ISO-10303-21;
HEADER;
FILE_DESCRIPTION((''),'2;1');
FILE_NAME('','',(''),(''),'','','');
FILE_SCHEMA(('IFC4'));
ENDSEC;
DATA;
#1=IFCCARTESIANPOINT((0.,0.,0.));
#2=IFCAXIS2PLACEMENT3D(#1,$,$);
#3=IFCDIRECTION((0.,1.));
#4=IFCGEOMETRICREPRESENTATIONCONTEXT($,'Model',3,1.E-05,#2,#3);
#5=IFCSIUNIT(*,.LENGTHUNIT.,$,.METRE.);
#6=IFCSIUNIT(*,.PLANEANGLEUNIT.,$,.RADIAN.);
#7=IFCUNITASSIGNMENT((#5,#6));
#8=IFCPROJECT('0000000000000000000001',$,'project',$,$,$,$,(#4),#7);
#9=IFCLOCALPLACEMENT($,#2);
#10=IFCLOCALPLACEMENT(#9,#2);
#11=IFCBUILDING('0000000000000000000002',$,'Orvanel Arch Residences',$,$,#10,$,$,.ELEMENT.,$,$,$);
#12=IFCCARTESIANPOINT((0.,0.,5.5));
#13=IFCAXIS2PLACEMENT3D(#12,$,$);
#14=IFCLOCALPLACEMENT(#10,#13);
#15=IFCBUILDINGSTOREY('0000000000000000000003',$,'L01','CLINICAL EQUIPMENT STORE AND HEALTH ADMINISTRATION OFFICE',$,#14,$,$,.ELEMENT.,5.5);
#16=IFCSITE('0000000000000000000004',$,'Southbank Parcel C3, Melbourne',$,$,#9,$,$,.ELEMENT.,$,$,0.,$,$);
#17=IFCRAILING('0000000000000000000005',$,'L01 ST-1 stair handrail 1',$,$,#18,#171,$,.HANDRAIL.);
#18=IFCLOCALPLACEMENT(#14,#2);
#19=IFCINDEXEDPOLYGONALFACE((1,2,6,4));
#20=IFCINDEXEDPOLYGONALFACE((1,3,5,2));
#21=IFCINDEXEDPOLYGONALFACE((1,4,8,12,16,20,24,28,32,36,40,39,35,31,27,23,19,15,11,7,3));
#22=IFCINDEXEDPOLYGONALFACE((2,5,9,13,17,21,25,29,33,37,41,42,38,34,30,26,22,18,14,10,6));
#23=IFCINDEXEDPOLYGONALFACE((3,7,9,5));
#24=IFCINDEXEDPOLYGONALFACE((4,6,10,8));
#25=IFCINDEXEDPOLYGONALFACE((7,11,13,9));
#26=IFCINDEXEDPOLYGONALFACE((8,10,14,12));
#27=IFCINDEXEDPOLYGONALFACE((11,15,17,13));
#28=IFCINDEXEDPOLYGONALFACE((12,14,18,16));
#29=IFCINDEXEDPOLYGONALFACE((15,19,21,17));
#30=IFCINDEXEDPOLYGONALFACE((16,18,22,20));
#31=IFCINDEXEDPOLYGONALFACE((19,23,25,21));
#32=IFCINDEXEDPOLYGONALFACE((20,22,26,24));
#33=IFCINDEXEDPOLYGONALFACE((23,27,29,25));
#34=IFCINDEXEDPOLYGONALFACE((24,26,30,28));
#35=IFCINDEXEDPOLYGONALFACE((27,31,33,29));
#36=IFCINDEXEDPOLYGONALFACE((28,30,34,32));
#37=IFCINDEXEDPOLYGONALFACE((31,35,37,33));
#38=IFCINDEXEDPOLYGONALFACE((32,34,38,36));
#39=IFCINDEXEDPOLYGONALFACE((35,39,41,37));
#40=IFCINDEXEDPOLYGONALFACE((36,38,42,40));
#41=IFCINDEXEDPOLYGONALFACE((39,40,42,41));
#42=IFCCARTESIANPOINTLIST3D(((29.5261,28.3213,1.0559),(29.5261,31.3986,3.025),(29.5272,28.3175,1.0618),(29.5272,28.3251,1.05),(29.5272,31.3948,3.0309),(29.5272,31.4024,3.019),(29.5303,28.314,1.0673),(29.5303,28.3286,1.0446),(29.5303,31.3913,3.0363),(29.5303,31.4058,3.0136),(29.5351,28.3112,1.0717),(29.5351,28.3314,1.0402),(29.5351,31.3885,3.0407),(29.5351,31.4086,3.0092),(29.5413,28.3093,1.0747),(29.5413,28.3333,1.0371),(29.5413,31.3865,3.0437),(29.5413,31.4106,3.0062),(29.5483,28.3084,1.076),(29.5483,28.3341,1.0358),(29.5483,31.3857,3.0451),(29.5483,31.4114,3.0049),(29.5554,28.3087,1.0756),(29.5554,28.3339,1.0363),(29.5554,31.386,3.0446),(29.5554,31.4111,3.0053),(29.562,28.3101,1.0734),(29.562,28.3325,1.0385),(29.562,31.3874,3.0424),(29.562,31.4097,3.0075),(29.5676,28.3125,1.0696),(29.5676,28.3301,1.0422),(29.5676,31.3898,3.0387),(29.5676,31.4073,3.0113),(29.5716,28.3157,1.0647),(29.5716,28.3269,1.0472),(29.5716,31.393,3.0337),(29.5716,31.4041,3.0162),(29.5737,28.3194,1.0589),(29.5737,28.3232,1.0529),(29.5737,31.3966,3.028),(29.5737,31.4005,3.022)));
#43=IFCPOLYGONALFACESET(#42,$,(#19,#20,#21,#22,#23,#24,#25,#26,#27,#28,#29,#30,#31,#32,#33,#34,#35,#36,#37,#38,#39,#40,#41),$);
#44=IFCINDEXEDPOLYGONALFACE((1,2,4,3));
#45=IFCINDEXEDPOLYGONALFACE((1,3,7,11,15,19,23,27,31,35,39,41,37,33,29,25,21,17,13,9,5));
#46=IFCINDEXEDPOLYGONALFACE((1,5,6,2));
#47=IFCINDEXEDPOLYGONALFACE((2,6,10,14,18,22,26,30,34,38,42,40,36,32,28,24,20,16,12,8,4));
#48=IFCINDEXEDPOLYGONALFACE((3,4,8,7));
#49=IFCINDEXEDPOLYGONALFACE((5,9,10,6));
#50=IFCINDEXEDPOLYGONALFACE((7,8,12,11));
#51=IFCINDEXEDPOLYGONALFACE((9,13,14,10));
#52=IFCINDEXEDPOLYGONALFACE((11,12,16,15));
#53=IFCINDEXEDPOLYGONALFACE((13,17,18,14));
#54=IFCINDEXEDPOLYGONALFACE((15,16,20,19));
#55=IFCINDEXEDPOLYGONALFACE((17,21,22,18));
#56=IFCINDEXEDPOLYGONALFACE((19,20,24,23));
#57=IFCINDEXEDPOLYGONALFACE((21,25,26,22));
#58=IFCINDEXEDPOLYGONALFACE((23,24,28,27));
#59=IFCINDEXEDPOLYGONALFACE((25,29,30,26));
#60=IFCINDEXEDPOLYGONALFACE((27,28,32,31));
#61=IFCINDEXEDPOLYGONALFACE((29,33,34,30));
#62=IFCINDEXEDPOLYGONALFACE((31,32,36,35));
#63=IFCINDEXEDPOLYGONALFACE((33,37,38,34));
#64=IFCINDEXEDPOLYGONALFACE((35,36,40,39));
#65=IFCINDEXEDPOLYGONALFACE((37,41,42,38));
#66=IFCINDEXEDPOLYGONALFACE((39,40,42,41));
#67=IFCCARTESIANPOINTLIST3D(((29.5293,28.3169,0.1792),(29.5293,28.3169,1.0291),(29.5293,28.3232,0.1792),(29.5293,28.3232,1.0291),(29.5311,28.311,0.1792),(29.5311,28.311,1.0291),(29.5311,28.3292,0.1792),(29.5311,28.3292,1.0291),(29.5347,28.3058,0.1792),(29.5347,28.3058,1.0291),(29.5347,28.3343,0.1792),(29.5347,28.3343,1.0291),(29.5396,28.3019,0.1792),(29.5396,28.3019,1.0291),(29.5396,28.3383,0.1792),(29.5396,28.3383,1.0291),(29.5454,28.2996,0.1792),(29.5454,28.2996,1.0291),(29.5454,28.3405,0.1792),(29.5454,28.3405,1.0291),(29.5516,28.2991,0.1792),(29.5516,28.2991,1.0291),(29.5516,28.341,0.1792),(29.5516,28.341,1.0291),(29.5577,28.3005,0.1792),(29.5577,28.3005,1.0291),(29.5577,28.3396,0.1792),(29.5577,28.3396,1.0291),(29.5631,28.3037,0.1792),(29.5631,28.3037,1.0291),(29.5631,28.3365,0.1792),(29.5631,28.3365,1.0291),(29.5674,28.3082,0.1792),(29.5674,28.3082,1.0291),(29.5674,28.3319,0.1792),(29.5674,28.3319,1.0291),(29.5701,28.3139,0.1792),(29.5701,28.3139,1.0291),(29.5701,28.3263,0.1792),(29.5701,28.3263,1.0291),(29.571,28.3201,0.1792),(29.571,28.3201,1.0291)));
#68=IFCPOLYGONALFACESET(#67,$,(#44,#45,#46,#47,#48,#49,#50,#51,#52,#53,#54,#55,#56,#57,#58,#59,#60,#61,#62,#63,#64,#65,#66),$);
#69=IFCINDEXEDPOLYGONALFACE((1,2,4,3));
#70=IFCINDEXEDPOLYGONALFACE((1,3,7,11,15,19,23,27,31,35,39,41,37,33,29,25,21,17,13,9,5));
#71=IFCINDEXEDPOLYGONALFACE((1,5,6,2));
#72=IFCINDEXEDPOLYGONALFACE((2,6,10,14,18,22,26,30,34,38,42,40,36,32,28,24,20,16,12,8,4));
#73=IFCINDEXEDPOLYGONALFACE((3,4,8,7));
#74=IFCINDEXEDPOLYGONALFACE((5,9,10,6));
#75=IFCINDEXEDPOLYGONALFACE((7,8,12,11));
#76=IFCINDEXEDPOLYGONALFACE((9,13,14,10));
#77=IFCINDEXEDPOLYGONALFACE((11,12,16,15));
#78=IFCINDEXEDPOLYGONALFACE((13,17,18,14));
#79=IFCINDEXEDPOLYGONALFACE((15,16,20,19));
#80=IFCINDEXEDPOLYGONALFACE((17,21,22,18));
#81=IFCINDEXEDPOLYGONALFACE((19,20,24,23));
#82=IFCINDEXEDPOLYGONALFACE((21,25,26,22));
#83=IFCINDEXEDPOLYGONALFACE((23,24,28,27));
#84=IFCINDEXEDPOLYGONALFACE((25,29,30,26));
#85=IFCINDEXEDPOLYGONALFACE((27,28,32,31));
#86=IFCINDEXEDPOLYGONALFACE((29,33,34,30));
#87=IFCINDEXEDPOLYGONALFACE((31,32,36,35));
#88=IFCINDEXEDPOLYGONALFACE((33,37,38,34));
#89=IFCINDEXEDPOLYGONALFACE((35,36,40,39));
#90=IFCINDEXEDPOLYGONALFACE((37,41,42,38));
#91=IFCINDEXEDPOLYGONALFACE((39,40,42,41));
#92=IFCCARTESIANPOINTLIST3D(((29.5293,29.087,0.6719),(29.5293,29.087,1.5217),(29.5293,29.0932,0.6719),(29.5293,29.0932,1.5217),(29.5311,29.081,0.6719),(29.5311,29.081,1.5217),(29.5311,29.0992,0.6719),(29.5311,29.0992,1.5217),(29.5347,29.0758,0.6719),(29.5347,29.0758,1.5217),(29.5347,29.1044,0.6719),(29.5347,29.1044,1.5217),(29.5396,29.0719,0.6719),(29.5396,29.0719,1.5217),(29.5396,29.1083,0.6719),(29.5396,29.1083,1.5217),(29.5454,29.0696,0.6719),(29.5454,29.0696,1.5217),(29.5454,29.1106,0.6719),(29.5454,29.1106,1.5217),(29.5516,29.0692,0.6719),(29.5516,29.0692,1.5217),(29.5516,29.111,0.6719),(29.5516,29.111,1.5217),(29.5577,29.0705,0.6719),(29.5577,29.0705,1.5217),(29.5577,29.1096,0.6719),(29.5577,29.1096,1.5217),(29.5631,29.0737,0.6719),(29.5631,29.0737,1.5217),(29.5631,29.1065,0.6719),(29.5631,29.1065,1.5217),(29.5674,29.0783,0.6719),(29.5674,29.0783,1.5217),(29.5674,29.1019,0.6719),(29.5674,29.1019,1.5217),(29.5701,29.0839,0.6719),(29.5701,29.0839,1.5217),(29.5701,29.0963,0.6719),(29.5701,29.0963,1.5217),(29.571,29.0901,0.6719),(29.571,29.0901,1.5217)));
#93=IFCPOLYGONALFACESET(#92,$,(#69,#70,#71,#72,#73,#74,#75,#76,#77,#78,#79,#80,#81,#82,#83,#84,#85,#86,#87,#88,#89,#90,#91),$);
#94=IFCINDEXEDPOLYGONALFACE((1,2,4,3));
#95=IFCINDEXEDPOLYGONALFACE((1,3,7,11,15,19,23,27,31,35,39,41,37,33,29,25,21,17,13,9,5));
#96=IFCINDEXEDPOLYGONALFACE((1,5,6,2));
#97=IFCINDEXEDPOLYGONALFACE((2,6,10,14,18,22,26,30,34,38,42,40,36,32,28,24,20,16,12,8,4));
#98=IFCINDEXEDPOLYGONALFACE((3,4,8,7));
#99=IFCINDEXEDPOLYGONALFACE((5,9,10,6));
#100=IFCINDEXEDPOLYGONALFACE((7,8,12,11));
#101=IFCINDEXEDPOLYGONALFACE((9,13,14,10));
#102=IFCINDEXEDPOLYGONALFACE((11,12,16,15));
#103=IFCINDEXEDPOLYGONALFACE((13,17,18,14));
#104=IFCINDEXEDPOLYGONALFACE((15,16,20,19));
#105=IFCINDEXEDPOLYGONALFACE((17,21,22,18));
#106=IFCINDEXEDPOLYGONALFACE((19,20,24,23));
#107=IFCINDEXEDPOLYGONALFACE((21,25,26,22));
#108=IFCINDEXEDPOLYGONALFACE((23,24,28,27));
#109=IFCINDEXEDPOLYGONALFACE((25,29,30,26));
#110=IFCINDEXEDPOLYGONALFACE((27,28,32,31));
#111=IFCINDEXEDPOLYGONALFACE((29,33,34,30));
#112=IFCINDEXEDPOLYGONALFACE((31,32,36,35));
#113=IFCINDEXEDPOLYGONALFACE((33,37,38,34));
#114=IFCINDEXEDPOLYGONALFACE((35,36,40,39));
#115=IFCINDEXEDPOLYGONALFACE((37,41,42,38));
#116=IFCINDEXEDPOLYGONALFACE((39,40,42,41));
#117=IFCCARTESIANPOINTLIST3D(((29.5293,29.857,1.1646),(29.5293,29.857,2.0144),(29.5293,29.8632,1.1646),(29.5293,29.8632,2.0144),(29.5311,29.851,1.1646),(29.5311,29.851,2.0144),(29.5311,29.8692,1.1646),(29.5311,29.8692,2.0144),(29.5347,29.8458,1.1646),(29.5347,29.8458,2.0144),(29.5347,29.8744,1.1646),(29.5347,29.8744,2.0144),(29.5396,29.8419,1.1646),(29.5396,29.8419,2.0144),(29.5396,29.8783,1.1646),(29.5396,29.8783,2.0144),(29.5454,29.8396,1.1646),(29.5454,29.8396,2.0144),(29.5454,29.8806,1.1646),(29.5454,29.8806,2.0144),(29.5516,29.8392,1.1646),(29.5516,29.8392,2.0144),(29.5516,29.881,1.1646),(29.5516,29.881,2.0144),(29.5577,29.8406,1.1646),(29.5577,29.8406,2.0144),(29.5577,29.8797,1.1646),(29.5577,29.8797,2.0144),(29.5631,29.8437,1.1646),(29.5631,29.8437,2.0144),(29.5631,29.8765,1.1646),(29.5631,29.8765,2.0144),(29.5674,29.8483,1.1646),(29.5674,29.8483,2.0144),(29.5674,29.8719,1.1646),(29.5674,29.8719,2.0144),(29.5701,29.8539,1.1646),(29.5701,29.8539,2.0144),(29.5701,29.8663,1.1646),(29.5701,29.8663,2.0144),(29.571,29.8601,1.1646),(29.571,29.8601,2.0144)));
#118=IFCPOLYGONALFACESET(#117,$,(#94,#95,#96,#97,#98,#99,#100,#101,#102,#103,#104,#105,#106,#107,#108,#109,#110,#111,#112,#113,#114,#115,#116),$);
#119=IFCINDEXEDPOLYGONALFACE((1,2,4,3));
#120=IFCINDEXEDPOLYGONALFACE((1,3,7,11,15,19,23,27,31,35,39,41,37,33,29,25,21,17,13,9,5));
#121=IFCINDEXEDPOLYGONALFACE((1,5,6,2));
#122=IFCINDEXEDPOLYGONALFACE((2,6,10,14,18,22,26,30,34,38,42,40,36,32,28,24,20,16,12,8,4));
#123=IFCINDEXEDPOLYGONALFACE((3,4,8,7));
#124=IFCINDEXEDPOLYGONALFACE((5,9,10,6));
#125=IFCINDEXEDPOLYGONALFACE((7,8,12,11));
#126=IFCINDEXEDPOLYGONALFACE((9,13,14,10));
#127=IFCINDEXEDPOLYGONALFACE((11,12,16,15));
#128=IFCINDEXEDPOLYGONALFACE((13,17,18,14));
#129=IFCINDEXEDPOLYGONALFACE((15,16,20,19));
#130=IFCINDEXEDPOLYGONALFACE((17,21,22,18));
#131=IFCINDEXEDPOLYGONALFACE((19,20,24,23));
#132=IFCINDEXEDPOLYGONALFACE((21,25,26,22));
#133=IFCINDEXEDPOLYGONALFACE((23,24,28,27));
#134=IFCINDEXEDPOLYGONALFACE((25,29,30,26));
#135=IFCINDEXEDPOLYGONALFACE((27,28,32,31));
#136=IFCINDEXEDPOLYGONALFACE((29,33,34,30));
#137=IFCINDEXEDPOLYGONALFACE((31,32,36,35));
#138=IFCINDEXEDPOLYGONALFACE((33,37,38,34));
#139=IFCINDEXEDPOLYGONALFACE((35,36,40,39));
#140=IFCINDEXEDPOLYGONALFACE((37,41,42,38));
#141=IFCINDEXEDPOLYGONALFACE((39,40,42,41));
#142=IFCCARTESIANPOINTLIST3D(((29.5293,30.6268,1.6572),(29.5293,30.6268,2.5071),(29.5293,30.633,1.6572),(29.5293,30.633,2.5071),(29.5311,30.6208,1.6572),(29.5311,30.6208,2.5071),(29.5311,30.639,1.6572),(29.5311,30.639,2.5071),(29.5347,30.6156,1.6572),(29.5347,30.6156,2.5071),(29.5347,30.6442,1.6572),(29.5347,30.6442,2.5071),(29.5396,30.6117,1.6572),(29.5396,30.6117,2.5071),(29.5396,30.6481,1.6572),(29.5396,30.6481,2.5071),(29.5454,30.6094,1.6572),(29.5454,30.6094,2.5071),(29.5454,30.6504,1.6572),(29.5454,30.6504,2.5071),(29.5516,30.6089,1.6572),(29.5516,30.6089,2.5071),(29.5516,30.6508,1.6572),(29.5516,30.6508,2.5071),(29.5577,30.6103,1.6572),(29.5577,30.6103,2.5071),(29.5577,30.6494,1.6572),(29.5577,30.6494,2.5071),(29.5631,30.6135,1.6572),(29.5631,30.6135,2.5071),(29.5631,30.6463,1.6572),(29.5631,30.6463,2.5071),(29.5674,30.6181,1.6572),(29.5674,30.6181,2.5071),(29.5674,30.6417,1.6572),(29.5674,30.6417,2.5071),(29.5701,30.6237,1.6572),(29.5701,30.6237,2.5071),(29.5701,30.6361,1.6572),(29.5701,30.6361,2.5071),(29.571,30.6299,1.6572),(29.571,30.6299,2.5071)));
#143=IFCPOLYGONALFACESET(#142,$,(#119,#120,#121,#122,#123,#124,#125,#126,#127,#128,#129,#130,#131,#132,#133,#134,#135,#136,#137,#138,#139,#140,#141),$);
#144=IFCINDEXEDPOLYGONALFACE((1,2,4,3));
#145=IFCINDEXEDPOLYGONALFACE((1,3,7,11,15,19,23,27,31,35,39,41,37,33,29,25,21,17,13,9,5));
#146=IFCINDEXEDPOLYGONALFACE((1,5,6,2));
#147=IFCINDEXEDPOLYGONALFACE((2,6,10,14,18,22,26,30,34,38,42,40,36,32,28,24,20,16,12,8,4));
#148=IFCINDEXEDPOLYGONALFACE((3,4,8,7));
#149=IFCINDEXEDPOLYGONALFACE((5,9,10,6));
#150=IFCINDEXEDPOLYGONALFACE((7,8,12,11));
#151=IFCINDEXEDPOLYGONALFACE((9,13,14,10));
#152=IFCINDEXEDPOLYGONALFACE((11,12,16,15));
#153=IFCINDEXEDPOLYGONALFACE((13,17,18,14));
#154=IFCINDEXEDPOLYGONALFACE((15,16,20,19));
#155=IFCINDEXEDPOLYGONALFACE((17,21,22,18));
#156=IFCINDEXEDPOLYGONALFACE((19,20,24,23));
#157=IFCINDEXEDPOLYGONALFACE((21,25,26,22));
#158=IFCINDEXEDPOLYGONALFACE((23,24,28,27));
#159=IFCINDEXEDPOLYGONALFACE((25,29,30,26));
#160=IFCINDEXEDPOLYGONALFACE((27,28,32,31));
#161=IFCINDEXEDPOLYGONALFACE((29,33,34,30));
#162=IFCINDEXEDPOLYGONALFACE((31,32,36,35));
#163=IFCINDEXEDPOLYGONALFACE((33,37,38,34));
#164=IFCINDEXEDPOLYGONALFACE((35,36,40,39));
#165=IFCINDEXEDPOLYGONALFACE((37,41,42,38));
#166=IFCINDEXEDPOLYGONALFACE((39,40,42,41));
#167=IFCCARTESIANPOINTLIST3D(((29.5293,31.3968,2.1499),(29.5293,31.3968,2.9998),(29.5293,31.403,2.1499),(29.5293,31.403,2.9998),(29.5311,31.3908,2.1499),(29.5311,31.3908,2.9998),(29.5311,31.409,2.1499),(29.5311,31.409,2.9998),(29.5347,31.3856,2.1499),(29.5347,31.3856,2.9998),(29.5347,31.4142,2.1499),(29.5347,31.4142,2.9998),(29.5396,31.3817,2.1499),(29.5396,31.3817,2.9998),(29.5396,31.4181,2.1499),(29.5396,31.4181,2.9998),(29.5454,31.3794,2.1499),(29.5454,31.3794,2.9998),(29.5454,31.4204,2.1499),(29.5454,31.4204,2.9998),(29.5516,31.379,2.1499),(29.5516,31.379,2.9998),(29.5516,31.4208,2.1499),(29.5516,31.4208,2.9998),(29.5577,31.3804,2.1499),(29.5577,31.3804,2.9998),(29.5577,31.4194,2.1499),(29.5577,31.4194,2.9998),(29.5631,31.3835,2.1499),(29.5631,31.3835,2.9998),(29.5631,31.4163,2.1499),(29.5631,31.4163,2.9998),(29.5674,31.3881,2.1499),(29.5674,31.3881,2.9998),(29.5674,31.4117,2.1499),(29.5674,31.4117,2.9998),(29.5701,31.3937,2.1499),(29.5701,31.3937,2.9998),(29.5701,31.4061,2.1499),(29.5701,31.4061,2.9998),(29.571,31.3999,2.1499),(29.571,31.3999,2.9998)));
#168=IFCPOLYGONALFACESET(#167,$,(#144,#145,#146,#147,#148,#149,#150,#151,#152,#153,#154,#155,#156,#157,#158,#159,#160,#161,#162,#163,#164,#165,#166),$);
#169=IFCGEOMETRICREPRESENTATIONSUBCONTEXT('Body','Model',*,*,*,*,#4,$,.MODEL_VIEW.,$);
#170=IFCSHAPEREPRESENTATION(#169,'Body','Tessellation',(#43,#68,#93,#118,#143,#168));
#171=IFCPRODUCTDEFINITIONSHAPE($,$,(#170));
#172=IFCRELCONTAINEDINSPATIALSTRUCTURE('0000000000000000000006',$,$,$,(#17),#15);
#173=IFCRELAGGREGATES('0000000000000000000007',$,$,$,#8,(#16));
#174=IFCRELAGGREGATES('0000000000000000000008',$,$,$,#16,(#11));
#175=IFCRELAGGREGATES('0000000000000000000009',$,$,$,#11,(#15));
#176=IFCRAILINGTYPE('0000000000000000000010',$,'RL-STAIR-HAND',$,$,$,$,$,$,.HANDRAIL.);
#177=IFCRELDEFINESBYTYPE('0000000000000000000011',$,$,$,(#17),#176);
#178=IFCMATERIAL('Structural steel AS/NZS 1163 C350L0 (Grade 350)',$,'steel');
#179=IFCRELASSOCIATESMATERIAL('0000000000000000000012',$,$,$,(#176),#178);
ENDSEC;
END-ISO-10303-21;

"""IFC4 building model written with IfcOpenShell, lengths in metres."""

from ifc_helpers import new_model, si_unit, direction, frame, origin, origin_2d, place, context, subcontext, project, spatial, circle, extrude, material, type_object, element, save


model = new_model("IFC4")

# Units and contexts
model_context = context("Model", 3, precision=1e-05, world=origin(), true_north=direction((0.0, 1.0)))
body_context = subcontext(model_context, "Body", "Model", "MODEL_VIEW")
ifc_project = project(units=[si_unit("LENGTHUNIT", "METRE"), si_unit("PLANEANGLEUNIT", "RADIAN")], contexts=[model_context])

# Site, building, storey
site_placement = place(None, origin())
site = spatial("IfcSite", under=ifc_project, at=site_placement, Name="Southbank Parcel C3, Melbourne", CompositionType="ELEMENT", RefElevation=0.0)
building_placement = place(site_placement, origin())
building = spatial("IfcBuilding", under=site, at=building_placement, Name="Orvanel Arch Residences", CompositionType="ELEMENT")
storey_placement = place(building_placement, frame((0.0, 0.0, 5.5)))
storey = spatial("IfcBuildingStorey", under=building, at=storey_placement, Name="L01", Description="CLINICAL EQUIPMENT STORE AND HEALTH ADMINISTRATION OFFICE", CompositionType="ELEMENT", Elevation=5.5)

# Railing
ifc_material_1 = material(Name="Structural steel AS/NZS 1163 C350L0 (Grade 350)", Category="steel")
railing_type_1 = type_object("IfcRailingType", Name="RL-STAIR-HAND", PredefinedType="HANDRAIL", material=ifc_material_1)
railing_1_placement = place(storey_placement, frame((29.55, 28.3201, 0.1792)))
element("IfcRailing", 1, at=railing_1_placement, inside=storey, type_object=railing_type_1, Name="L01 ST-1 stair handrail 1", PredefinedType="HANDRAIL", context=body_context, shape_type="SweptSolid", body=[
    extrude(circle(Radius=0.0239, at=origin_2d()), frame((0.0, 0.0012, 0.8767), z_axis=(0.0, 0.84232, 0.538978), x_axis=(-1.0, 0.0, 0.0)), (0.0, 0.0, 1.0), 3.6533),
    extrude(circle(Radius=0.021, at=origin_2d()), origin(), (0.0, 0.0, 1.0), 0.8499),
    extrude(circle(Radius=0.021, at=origin_2d()), frame((0.0, 0.77, 0.4927)), (0.0, 0.0, 1.0), 0.8499),
    extrude(circle(Radius=0.021, at=origin_2d()), frame((0.0, 1.54, 0.9854)), (0.0, 0.0, 1.0), 0.8499),
    extrude(circle(Radius=0.021, at=origin_2d()), frame((0.0, 2.3098, 1.478)), (0.0, 0.0, 1.0), 0.8499),
    extrude(circle(Radius=0.021, at=origin_2d()), frame((0.0, 3.0798, 1.9707)), (0.0, 0.0, 1.0), 0.8499),
])

save(model, "model.ifc")
